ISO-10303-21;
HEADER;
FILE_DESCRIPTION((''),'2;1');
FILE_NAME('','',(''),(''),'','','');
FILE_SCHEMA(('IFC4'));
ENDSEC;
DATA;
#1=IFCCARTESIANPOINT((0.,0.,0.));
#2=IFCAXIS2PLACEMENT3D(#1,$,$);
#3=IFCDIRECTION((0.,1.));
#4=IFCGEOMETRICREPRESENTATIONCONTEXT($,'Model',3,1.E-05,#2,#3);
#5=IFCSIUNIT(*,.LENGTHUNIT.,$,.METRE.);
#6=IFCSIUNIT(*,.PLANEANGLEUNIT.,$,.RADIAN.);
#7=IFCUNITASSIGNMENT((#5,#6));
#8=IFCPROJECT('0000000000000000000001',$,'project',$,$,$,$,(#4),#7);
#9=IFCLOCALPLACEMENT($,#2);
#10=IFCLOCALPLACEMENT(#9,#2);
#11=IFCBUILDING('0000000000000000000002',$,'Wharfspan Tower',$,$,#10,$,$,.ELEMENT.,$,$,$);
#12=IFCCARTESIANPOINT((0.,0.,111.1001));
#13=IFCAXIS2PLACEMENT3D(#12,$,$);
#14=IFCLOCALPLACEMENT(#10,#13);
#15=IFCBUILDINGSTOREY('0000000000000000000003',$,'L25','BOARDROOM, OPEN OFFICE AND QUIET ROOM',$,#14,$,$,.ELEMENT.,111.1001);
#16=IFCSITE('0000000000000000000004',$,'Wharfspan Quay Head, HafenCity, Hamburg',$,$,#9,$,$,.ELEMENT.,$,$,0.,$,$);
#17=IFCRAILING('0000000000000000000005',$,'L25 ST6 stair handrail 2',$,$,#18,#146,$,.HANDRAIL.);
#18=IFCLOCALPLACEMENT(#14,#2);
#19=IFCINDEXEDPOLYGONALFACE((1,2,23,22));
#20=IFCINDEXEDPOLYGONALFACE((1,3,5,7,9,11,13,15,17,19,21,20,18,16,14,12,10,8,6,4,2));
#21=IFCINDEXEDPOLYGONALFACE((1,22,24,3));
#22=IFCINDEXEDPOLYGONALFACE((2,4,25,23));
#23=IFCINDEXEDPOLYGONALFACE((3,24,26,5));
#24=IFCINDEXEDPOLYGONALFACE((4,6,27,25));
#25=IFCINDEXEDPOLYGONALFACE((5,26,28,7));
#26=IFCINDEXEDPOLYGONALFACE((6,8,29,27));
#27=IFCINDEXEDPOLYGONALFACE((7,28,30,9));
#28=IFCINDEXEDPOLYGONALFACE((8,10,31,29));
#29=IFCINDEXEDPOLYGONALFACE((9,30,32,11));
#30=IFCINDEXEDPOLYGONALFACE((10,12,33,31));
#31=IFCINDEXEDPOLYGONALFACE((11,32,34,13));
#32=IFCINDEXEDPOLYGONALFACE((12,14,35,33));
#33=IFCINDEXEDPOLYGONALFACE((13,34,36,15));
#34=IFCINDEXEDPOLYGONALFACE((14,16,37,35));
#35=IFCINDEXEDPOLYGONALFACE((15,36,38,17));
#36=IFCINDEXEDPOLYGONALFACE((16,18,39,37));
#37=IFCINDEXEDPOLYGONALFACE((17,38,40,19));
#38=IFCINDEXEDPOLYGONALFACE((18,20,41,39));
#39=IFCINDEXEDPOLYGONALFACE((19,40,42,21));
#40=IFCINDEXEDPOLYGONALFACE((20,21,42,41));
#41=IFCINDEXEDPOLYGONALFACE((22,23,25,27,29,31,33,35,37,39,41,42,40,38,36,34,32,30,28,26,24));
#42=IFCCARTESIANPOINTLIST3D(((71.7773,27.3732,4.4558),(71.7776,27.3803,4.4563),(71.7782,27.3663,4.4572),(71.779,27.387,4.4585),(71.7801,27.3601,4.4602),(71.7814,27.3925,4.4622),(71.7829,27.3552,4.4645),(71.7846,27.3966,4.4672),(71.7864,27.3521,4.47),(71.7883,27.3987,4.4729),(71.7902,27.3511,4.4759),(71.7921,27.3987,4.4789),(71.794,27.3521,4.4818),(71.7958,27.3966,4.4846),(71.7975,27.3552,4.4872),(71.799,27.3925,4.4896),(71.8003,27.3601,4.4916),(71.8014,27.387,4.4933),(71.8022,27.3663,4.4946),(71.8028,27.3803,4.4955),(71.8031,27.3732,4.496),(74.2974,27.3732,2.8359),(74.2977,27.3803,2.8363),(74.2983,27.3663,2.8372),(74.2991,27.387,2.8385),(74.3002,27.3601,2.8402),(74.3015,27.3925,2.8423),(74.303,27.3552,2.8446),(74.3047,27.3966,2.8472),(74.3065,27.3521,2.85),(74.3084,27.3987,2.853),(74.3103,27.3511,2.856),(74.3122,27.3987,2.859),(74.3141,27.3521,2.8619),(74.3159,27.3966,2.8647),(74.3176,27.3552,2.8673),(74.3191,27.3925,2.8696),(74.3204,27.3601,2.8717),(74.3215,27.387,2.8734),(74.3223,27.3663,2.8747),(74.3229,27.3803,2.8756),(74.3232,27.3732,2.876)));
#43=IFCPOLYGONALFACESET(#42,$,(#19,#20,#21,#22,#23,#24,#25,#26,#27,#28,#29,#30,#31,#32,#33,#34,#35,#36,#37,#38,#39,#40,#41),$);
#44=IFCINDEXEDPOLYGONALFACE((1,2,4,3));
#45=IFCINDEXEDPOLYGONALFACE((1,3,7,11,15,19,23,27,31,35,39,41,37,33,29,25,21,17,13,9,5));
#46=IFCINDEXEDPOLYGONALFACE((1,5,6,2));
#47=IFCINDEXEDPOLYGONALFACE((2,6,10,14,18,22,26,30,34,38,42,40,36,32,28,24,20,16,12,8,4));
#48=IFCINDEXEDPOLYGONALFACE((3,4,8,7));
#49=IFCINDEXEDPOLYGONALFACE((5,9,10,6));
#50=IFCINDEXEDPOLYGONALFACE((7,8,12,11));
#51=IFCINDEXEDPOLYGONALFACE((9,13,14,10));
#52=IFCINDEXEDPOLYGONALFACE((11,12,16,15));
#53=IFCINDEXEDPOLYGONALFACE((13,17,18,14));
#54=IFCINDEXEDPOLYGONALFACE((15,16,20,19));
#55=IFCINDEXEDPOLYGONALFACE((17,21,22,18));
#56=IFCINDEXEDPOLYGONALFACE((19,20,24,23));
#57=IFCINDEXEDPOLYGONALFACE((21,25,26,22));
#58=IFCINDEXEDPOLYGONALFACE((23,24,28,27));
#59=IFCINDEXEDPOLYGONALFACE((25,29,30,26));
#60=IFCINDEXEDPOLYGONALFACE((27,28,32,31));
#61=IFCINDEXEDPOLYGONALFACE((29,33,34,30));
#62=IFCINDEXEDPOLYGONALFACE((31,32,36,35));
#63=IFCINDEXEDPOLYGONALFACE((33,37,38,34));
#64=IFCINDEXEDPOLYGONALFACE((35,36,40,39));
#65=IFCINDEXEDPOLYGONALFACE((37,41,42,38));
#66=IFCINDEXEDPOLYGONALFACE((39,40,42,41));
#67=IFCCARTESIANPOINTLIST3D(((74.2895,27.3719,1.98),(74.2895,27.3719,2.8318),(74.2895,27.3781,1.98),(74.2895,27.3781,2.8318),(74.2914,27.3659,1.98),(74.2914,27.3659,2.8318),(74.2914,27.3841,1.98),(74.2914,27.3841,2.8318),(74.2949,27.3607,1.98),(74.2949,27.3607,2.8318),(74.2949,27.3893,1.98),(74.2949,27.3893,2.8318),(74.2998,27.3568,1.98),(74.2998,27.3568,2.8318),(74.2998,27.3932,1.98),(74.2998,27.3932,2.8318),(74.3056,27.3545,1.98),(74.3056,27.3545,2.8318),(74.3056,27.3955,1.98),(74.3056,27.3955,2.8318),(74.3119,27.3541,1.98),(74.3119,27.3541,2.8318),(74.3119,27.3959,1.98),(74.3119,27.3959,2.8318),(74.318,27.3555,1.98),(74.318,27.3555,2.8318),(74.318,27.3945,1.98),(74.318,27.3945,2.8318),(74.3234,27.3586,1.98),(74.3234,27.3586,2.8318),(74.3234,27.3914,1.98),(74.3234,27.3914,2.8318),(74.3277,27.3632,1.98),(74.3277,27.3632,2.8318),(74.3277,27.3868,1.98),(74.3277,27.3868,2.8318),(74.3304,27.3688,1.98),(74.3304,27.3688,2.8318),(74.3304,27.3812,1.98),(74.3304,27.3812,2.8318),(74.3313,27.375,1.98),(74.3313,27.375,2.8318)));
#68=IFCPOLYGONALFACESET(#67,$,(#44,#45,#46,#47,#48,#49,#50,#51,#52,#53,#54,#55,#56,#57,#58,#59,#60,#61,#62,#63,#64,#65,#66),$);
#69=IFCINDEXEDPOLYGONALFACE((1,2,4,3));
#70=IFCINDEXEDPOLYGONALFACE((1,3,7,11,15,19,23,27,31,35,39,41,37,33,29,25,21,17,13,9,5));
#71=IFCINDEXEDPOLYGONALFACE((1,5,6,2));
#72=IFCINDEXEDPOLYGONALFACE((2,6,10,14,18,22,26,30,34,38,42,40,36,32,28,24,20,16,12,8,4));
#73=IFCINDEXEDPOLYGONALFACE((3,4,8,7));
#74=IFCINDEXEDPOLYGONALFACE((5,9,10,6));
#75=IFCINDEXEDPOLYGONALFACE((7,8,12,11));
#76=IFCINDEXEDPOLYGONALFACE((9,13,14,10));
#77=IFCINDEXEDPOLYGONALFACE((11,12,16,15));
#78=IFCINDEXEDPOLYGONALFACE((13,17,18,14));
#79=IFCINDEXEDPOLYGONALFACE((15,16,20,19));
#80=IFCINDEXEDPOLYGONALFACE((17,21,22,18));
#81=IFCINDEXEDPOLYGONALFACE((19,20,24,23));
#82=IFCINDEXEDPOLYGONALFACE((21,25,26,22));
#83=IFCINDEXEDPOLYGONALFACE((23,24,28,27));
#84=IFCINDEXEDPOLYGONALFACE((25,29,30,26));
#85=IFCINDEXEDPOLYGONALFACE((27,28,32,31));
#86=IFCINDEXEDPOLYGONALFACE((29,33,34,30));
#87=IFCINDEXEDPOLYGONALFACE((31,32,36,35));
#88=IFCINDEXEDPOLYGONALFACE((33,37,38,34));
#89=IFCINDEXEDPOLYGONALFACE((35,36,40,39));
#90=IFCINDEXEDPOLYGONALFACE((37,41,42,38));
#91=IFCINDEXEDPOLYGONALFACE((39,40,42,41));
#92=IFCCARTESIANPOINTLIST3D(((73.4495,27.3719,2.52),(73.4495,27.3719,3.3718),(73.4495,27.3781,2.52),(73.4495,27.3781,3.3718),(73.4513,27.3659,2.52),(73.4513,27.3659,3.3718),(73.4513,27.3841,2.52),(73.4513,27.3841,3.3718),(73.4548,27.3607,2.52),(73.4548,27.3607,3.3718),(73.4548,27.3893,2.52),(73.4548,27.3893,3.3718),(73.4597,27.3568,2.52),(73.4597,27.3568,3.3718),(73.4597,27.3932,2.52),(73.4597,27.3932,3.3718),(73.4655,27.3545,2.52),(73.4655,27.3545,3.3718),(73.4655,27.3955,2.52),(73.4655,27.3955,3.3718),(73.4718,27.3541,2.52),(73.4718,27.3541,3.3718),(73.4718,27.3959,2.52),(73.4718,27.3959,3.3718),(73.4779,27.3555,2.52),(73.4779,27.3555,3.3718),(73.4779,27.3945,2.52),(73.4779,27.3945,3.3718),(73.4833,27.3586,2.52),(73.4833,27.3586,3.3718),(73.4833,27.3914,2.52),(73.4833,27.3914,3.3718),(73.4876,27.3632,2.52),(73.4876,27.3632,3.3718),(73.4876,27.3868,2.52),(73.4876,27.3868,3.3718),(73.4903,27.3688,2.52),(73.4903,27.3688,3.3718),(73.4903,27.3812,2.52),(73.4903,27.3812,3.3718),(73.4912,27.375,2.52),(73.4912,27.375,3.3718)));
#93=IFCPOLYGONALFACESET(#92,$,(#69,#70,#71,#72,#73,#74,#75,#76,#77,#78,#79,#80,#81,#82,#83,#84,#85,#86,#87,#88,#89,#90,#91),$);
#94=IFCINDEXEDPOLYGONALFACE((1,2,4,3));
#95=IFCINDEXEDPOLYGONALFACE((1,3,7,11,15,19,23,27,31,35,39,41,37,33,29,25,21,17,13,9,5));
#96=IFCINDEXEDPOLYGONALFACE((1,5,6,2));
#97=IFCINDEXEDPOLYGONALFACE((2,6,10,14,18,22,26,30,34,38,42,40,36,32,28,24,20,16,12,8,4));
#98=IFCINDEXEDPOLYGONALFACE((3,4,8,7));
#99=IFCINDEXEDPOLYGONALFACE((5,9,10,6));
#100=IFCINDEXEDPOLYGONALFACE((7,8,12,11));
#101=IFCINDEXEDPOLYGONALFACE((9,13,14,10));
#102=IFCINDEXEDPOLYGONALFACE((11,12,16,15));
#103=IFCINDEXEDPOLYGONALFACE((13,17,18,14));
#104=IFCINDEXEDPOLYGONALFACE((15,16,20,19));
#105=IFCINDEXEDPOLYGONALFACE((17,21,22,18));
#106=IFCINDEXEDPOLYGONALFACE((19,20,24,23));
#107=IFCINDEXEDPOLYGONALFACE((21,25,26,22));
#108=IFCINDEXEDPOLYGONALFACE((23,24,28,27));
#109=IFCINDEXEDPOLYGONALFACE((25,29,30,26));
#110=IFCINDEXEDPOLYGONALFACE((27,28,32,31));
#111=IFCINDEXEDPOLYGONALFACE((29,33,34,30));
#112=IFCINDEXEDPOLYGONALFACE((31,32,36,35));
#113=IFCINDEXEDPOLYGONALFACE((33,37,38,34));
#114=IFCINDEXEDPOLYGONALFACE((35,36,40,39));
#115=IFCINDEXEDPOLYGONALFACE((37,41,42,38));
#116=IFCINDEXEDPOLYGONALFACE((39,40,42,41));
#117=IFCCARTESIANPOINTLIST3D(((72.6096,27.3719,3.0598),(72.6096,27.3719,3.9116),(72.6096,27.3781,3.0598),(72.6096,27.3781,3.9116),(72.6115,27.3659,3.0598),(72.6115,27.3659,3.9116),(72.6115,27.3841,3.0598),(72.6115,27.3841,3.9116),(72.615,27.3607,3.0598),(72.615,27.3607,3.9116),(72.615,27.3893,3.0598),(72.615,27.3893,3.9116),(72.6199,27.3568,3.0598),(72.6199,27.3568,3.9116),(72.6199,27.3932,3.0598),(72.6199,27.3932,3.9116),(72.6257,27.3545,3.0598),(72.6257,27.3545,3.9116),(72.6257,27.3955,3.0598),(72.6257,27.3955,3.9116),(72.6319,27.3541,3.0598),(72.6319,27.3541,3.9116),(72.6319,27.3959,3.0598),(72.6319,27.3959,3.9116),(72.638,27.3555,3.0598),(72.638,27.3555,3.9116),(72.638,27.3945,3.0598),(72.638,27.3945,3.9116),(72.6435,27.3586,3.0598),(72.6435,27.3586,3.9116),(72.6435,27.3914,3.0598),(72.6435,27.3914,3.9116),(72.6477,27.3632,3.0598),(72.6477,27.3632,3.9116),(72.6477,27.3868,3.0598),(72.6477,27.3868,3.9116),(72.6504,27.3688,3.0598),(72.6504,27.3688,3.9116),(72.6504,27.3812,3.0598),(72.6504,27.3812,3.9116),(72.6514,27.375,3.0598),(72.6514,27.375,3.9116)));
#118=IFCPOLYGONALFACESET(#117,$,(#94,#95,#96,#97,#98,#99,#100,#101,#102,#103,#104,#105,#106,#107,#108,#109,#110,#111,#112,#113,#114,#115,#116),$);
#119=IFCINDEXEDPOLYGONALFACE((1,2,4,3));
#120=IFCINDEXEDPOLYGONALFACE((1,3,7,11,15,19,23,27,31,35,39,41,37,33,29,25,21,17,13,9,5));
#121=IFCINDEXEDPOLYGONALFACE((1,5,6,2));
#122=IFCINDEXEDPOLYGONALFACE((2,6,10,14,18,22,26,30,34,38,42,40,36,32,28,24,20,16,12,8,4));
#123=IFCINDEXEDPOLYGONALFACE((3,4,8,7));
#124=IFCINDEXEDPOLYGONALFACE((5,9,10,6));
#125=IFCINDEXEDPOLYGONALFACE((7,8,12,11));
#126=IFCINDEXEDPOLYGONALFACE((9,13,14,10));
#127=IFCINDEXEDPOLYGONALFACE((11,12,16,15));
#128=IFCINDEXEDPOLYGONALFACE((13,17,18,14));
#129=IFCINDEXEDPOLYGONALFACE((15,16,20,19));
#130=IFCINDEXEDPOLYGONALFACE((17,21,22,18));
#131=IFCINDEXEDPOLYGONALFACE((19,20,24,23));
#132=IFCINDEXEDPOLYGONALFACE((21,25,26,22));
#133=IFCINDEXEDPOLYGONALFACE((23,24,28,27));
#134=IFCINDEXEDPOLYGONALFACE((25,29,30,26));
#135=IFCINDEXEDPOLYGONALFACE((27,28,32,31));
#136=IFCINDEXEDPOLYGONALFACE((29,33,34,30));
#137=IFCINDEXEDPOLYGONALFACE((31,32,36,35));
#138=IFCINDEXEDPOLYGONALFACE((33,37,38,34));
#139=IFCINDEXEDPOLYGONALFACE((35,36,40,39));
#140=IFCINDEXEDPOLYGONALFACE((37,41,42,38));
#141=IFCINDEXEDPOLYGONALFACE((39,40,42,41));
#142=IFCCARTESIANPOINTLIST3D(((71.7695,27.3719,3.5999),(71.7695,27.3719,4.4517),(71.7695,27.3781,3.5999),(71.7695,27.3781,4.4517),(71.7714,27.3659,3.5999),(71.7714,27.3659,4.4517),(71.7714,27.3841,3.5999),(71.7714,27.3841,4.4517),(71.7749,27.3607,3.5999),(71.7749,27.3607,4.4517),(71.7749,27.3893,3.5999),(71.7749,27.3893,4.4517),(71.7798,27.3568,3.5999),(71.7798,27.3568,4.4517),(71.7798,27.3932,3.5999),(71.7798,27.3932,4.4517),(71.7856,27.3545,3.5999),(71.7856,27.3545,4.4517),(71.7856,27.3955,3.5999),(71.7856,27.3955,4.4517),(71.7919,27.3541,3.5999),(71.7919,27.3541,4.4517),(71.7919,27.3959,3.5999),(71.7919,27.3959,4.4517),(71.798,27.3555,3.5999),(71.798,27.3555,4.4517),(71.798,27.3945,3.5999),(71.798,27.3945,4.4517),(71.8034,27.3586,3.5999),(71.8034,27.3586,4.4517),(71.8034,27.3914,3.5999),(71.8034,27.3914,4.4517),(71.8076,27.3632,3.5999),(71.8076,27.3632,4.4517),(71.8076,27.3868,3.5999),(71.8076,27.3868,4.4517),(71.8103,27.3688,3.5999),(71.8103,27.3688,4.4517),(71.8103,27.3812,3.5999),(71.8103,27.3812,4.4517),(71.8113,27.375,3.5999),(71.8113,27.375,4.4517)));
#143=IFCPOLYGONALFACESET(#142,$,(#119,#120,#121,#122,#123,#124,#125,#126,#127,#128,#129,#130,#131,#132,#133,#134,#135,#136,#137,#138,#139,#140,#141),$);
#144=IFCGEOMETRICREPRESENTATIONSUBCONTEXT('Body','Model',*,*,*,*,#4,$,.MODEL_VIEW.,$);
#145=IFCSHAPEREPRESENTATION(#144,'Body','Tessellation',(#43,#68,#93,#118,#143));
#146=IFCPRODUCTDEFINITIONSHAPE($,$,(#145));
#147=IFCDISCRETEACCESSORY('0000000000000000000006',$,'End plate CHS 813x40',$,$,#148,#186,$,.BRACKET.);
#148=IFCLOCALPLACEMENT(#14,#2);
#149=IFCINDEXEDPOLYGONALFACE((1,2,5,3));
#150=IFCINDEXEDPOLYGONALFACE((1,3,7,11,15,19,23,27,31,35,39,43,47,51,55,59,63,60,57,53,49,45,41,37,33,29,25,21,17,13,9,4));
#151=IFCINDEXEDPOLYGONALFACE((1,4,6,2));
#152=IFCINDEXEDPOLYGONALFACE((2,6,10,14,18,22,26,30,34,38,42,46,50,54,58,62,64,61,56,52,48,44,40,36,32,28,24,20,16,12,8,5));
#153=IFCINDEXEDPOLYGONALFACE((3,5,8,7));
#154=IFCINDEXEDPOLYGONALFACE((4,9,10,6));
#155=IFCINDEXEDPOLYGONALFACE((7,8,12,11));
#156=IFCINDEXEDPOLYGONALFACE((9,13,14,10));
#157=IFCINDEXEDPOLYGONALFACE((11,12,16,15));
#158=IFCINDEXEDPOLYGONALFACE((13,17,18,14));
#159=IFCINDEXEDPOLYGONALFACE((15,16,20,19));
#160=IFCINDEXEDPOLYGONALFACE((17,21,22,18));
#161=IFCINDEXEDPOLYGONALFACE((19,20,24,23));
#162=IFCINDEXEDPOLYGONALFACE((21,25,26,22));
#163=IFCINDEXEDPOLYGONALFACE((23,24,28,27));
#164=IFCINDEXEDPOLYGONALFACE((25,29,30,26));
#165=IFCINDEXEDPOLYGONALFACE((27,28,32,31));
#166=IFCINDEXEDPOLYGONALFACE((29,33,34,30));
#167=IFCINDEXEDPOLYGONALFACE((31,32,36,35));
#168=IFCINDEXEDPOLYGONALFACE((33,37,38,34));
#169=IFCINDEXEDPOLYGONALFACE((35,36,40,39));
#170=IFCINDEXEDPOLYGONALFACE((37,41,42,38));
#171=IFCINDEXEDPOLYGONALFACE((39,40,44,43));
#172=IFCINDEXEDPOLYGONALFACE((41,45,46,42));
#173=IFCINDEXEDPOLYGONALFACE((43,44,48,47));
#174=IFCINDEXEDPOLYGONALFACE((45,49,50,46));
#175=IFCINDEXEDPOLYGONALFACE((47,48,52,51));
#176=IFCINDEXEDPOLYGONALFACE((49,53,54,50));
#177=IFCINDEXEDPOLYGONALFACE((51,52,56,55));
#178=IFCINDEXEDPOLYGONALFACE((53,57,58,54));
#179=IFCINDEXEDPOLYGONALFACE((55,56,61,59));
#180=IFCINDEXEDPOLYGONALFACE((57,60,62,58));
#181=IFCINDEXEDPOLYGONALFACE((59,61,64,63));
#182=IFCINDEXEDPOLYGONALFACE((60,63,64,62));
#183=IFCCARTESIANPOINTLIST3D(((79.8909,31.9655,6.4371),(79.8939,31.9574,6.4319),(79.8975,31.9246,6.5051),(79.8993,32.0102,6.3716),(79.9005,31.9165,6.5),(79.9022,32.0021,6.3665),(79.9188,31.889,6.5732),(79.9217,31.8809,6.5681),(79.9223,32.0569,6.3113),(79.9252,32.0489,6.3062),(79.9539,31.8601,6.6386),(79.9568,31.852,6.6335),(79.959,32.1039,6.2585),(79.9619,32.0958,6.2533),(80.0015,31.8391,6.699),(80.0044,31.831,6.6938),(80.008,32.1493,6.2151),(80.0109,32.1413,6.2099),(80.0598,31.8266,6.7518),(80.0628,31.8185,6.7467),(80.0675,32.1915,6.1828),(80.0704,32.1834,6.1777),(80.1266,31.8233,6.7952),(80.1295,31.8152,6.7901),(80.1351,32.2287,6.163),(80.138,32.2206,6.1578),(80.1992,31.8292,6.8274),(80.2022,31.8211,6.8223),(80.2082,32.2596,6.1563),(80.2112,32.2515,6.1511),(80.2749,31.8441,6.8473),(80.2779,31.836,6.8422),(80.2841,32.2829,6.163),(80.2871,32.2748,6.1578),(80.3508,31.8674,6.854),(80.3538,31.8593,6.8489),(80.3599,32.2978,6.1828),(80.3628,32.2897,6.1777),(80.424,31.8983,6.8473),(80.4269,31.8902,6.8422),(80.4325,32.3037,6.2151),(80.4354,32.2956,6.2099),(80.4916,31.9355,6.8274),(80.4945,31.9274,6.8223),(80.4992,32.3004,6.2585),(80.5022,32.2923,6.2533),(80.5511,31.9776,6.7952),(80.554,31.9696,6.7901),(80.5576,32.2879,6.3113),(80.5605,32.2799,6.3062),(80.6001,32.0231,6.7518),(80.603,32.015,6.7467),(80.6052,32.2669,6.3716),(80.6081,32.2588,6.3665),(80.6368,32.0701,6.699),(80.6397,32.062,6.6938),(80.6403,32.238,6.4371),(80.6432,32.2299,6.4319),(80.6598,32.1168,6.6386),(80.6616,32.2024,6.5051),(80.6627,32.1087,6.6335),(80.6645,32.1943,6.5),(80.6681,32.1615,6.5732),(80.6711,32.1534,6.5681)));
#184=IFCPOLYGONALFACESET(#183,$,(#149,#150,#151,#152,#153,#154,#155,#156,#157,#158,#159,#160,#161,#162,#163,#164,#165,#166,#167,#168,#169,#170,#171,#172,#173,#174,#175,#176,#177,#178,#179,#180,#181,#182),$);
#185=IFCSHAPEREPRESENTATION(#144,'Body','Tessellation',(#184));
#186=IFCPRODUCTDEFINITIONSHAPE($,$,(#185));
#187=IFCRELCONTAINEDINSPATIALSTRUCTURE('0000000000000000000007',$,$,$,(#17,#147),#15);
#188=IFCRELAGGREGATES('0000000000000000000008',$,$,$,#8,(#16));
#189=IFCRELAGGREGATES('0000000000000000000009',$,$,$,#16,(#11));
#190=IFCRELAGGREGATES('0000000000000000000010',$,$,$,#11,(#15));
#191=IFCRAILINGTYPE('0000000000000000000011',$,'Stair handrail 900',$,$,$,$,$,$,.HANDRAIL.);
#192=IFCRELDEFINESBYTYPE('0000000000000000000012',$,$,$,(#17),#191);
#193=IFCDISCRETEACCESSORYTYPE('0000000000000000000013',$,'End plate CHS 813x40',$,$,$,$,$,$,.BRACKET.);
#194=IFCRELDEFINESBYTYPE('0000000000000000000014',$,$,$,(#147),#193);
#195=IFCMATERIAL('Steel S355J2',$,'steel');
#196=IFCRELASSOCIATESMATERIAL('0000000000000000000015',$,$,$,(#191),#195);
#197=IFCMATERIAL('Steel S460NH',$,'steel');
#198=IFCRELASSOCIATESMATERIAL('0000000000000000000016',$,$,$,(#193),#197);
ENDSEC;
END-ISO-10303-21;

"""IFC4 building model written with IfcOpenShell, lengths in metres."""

from ifc_helpers import new_model, si_unit, direction, frame, origin, origin_2d, place, context, subcontext, project, spatial, circle, extrude, material, material_profile, profile_set, type_object, element, save


model = new_model("IFC4")

# Units and contexts
model_context = context("Model", 3, precision=1e-05, world=origin(), true_north=direction((0.0, 1.0)))
body_context = subcontext(model_context, "Body", "Model", "MODEL_VIEW")
ifc_project = project(units=[si_unit("LENGTHUNIT", "METRE"), si_unit("PLANEANGLEUNIT", "RADIAN")], contexts=[model_context])

# Site, building, storey
site_placement = place(None, origin())
site = spatial("IfcSite", under=ifc_project, at=site_placement, Name="Wharfspan Quay Head, HafenCity, Hamburg", CompositionType="ELEMENT", RefElevation=0.0)
building_placement = place(site_placement, origin())
building = spatial("IfcBuilding", under=site, at=building_placement, Name="Wharfspan Tower", CompositionType="ELEMENT")
storey_placement = place(building_placement, frame((0.0, 0.0, 111.1001)))
storey = spatial("IfcBuildingStorey", under=building, at=storey_placement, Name="L25", Description="BOARDROOM, OPEN OFFICE AND QUIET ROOM", CompositionType="ELEMENT", Elevation=111.1001)

# Shared definitions
ifc_material_1 = material(Name="Steel S355J2", Category="steel")

# Shared definitions
ifc_material_2 = material(Name="Steel S460NH", Category="steel")

# Railing
railing_type = type_object("IfcRailingType", Name="Stair handrail 900", PredefinedType="HANDRAIL", material=ifc_material_1)
railing_placement = place(storey_placement, frame((74.3103, 27.375, 1.98)))
element("IfcRailing", 1, at=railing_placement, inside=storey, type_object=railing_type, Name="L25 ST6 stair handrail 2", PredefinedType="HANDRAIL", context=body_context, shape_type="SweptSolid", body=[
    extrude(circle(Radius=0.0239, at=origin_2d()), frame((0.0, 0.0, 0.876), z_axis=(-0.8412, 0.0, 0.540725), x_axis=(0.0, -1.0, 0.0)), (0.0, 0.0, 1.0), 2.9958),
    extrude(circle(Radius=0.021, at=origin_2d()), origin(), (0.0, 0.0, 1.0), 0.8518),
    extrude(circle(Radius=0.021, at=origin_2d()), frame((-0.8401, 0.0, 0.54)), (0.0, 0.0, 1.0), 0.8518),
    extrude(circle(Radius=0.021, at=origin_2d()), frame((-1.6799, 0.0, 1.0798)), (0.0, 0.0, 1.0), 0.8518),
    extrude(circle(Radius=0.021, at=origin_2d()), frame((-2.52, 0.0, 1.6199)), (0.0, 0.0, 1.0), 0.8518),
])

# Discrete accessory
ifc_material_profile_1 = material_profile(ifc_material_2, circle(Radius=0.4065, at=origin_2d()))
ifc_profile_set_1 = profile_set([ifc_material_profile_1], Name="Steel S460NH")
discrete_accessory_type = type_object("IfcDiscreteAccessoryType", Name="End plate CHS 813x40", PredefinedType="BRACKET", material=ifc_profile_set_1)
discrete_accessory_placement = place(storey_placement, frame((80.2825, 32.0554, 6.5), z_axis=(-0.293294, 0.806559, 0.513265), x_axis=(-0.939791, -0.341742, 0.0)))
element("IfcDiscreteAccessory", 2, at=discrete_accessory_placement, inside=storey, type_object=discrete_accessory_type, Name="End plate CHS 813x40", PredefinedType="BRACKET", context=body_context, shape_type="SweptSolid", body=[
    extrude(circle(Radius=0.4065, at=origin_2d()), origin(), (0.0, 0.0, 1.0), 0.01),
])

save(model, "model.ifc")
